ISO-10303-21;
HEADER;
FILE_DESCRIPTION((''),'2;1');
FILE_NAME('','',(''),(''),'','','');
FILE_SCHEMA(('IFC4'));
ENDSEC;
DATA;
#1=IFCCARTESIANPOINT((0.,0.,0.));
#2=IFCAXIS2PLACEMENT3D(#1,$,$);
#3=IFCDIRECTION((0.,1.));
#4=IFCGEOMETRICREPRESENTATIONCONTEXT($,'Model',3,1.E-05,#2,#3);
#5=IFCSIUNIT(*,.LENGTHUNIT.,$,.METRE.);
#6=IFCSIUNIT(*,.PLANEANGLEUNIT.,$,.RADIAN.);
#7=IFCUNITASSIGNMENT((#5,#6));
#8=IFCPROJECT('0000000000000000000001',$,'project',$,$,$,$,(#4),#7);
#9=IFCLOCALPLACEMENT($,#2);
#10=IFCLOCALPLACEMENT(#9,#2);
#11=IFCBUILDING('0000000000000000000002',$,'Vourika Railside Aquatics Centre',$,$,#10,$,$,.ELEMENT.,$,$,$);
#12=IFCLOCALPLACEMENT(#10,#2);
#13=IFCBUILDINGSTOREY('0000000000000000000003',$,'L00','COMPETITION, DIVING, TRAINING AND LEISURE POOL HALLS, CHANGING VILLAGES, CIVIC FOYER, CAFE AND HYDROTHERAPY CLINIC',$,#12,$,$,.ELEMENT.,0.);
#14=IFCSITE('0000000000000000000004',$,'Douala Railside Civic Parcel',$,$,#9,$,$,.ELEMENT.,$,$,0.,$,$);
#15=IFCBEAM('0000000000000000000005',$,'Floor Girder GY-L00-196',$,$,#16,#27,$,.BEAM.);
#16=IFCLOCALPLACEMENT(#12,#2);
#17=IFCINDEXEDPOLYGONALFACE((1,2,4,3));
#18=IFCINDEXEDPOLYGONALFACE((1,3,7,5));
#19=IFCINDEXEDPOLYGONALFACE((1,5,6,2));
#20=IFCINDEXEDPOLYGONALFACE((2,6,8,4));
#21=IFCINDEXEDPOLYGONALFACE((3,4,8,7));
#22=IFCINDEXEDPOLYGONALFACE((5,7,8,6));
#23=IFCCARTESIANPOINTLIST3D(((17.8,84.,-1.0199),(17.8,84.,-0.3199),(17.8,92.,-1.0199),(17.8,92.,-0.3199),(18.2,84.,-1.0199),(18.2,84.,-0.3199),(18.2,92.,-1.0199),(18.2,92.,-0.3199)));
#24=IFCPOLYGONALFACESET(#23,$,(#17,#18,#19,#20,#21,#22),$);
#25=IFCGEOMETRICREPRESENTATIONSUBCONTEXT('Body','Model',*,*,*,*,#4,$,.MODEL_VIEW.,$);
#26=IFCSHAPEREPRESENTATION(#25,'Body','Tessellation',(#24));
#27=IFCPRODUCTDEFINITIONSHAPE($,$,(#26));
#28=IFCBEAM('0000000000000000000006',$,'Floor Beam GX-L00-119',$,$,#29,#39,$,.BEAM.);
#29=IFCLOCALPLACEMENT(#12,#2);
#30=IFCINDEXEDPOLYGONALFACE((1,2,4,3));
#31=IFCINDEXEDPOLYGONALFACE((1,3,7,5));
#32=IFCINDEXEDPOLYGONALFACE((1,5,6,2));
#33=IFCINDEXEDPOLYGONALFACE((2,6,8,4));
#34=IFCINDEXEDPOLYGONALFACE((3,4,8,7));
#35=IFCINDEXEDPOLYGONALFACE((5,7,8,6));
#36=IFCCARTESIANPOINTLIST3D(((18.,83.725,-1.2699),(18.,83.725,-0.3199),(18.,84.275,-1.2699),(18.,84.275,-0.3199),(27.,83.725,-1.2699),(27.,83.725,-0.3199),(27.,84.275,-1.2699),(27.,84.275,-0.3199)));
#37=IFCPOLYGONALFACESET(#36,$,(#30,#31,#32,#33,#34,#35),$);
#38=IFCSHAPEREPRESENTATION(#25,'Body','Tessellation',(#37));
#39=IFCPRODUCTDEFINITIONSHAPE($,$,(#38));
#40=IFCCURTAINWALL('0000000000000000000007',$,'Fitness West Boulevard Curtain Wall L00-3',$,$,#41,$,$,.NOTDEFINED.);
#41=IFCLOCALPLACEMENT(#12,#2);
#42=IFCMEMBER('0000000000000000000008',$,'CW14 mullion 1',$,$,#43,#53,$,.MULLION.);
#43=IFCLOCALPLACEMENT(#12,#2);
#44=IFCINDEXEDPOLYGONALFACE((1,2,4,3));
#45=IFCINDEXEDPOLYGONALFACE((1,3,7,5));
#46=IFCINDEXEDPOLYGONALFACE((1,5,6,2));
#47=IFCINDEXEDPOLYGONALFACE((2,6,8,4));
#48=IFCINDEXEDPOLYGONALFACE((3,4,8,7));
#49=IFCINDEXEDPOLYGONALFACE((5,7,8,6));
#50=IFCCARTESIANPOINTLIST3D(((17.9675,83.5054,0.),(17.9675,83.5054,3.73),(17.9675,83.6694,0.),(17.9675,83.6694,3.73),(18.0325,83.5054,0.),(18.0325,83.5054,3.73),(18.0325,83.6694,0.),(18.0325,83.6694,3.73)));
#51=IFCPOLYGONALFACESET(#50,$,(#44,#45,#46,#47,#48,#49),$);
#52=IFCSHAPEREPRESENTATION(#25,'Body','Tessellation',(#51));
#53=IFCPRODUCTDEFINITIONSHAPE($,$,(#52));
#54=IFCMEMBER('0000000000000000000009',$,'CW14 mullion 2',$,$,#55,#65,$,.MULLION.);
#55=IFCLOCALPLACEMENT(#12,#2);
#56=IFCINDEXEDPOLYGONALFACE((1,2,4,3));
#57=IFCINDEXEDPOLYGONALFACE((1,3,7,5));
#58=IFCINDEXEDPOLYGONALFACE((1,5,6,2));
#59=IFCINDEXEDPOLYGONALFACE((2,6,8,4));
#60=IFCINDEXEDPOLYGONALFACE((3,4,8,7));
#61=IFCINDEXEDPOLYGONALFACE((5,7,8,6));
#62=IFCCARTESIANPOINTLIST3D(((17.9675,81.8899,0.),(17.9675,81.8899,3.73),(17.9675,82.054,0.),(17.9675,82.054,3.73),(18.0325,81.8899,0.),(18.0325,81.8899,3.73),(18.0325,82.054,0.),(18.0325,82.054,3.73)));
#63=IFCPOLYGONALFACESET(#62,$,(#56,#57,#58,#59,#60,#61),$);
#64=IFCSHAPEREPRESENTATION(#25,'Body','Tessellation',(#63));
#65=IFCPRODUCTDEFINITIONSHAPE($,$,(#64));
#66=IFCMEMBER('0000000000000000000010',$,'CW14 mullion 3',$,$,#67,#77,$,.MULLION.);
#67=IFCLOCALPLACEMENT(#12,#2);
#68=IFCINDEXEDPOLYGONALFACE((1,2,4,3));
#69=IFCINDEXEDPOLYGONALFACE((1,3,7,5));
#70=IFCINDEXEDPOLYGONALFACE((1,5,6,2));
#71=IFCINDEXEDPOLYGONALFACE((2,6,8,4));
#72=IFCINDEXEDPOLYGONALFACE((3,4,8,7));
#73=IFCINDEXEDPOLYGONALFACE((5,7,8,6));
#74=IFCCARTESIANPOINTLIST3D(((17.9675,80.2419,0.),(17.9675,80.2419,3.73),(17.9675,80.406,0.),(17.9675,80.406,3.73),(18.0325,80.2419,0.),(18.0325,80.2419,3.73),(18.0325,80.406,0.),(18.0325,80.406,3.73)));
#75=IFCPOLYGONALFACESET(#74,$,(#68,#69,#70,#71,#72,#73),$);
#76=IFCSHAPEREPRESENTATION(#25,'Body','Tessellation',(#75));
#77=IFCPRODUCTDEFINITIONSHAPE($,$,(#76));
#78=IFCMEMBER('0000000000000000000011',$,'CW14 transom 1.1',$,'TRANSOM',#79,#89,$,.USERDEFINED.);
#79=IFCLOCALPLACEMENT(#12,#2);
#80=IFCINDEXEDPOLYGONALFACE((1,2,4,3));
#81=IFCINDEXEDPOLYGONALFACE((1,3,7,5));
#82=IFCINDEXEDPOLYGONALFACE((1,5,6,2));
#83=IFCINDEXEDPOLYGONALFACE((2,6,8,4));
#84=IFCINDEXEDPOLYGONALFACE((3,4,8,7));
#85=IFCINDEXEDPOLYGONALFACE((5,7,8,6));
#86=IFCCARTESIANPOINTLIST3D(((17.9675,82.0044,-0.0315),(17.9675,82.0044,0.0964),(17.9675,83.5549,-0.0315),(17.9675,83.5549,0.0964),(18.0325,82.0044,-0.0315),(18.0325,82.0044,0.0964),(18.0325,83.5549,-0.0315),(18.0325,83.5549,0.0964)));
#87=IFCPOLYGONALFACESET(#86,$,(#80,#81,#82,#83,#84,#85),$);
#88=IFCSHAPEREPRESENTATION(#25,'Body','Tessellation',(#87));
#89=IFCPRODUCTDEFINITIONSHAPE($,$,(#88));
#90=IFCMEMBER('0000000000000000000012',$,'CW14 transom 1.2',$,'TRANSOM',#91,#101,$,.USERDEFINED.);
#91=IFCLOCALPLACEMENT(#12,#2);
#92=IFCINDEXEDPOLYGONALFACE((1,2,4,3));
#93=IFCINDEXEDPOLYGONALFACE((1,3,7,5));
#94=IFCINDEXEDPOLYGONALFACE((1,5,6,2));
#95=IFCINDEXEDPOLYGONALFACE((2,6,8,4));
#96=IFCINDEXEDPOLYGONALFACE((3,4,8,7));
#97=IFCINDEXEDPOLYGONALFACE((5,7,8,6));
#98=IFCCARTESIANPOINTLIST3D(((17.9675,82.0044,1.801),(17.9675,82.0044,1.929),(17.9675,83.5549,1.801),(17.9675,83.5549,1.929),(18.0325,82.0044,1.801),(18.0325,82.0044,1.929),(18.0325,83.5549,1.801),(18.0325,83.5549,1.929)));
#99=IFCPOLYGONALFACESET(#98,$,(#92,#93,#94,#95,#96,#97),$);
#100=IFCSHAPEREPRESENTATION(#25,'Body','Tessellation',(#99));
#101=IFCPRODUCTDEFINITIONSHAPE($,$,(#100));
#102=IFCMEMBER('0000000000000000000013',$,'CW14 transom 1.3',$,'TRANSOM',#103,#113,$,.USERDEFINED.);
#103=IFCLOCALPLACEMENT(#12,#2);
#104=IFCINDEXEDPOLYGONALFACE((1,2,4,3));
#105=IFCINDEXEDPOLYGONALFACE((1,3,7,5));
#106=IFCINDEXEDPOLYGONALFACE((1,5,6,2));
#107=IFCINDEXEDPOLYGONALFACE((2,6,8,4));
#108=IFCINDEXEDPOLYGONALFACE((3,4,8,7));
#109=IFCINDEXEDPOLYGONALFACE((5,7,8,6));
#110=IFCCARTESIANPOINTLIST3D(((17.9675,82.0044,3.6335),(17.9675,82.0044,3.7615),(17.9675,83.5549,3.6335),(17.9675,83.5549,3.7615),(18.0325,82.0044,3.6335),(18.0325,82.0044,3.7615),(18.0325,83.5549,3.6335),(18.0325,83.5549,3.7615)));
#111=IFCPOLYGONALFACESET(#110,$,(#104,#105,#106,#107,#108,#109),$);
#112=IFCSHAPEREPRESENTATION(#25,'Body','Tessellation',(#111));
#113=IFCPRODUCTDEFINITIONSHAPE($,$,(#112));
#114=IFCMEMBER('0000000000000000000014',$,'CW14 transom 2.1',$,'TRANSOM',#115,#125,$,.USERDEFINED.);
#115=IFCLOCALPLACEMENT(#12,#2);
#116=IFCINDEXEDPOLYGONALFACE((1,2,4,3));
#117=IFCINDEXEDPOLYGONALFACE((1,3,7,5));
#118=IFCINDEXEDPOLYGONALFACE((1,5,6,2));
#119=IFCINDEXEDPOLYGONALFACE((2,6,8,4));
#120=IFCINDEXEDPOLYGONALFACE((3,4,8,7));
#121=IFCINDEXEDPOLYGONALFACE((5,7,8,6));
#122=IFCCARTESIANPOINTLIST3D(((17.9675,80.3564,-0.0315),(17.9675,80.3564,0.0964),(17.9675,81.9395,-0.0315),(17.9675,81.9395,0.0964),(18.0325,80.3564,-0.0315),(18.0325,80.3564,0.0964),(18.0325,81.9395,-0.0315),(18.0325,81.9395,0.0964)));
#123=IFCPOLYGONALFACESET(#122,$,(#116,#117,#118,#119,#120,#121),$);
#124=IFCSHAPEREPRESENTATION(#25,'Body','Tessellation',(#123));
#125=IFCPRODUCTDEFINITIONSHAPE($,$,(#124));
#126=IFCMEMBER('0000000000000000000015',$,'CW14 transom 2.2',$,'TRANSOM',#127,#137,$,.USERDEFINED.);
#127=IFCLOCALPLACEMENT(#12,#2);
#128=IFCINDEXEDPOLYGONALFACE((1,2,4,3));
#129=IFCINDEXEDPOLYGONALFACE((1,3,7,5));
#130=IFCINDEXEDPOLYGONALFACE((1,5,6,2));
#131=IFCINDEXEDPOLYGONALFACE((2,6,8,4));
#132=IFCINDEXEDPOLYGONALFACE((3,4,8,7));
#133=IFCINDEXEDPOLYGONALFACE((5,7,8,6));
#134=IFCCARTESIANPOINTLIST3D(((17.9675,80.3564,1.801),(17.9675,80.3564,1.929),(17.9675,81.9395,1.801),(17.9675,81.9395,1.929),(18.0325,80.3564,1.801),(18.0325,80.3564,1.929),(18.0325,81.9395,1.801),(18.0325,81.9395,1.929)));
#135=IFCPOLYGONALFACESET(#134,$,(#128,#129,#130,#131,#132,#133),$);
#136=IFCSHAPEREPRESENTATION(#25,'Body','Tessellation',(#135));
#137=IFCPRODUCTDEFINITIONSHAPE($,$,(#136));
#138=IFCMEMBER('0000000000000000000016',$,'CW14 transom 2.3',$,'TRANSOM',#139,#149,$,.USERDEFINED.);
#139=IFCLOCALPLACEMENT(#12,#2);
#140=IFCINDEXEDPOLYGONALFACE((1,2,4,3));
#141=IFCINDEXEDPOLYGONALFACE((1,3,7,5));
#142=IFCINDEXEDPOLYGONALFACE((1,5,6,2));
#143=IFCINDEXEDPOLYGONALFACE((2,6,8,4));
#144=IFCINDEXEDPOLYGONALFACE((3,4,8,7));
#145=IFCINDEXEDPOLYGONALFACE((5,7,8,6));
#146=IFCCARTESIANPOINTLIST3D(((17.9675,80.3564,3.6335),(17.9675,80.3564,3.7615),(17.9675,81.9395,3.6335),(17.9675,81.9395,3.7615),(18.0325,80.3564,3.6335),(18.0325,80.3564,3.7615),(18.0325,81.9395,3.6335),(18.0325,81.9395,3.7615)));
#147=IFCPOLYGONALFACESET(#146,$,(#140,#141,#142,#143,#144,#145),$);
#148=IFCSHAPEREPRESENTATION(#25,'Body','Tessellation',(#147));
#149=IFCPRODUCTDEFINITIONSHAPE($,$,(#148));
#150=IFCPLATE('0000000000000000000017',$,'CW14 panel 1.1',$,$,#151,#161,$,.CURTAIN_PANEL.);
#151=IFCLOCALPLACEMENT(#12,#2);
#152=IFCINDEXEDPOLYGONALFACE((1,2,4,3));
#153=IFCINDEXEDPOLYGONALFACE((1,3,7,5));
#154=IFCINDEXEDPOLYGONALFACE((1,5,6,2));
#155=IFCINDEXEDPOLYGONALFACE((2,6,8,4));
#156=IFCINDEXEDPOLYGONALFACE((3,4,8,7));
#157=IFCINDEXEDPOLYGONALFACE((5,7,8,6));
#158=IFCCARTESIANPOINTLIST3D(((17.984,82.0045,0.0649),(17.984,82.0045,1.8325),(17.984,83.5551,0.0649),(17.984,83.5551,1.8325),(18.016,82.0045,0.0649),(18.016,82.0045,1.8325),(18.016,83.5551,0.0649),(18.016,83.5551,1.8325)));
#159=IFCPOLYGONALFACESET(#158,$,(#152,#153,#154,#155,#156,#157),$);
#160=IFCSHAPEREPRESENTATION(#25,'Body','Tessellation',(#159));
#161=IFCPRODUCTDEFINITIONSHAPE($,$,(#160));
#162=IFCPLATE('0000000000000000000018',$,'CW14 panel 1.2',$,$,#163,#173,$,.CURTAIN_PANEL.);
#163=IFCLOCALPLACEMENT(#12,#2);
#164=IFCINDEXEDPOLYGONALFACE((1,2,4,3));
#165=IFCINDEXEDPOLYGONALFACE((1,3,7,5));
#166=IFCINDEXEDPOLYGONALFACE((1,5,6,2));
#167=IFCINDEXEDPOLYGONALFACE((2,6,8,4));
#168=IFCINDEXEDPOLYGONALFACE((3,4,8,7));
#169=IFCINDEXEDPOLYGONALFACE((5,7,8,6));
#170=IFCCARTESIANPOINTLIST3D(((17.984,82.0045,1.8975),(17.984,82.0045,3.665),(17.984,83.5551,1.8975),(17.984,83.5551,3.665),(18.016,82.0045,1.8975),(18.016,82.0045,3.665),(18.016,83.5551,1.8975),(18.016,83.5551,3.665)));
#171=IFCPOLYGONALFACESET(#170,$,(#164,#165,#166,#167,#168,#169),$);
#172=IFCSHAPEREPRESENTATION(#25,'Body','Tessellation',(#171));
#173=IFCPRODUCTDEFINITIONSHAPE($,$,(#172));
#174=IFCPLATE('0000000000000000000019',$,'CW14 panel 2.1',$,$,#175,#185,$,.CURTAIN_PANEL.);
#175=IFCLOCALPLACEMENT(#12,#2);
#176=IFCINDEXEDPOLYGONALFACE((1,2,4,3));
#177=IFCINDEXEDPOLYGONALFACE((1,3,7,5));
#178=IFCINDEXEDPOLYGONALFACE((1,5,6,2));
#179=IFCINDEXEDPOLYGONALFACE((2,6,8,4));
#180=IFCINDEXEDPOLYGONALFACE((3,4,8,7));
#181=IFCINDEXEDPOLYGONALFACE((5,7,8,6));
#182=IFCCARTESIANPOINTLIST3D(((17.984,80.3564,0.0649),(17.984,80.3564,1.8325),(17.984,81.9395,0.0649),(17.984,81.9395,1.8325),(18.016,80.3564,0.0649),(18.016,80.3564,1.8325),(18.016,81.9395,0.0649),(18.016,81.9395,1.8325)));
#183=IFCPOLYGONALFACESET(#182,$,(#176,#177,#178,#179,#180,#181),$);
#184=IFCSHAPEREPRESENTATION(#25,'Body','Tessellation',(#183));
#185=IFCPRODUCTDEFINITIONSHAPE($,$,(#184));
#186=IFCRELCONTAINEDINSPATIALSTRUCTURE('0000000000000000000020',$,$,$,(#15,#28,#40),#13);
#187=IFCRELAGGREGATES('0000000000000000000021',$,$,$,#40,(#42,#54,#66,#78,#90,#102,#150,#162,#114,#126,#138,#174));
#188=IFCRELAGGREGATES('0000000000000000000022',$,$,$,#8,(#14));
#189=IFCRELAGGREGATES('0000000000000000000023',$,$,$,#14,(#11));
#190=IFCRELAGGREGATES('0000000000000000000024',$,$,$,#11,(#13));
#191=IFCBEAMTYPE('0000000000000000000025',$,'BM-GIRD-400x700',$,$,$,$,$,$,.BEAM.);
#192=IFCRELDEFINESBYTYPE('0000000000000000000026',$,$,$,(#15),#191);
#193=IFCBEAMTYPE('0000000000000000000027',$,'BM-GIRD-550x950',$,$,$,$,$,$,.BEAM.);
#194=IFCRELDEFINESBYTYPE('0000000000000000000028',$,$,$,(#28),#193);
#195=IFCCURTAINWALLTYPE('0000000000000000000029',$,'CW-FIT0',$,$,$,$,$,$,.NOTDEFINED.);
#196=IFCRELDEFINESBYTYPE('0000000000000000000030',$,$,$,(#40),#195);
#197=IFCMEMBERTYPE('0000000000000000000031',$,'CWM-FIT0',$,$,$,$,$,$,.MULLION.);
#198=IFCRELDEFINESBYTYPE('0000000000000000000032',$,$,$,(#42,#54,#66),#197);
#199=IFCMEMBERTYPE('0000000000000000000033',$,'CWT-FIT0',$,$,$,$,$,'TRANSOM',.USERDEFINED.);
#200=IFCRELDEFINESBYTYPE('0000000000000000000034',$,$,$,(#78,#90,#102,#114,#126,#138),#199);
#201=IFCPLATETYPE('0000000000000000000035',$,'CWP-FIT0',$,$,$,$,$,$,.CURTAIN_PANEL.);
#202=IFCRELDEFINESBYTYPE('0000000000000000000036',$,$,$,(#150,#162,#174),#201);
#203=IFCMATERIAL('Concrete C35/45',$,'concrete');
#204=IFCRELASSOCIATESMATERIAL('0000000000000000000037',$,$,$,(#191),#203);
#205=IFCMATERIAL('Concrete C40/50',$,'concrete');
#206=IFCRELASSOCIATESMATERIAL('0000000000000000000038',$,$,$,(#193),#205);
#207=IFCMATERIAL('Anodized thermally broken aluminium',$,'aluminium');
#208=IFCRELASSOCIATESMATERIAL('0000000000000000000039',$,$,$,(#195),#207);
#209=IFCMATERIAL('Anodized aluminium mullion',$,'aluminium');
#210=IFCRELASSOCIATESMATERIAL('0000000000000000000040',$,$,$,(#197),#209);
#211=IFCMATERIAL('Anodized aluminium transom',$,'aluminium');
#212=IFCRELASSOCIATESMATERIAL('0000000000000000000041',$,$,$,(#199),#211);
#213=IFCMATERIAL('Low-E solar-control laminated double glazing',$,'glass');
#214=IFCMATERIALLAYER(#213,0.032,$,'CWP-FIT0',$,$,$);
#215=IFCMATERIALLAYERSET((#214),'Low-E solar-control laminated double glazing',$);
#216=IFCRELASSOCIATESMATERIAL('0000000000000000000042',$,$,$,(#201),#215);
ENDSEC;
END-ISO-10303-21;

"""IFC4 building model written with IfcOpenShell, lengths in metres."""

from ifc_helpers import new_model, si_unit, direction, frame, origin, origin_2d, place, context, subcontext, project, spatial, rectangle, extrude, material, layer, layer_set, material_profile, profile_set, type_object, element, aggregate, save


model = new_model("IFC4")

# Units and contexts
model_context = context("Model", 3, precision=1e-05, world=origin(), true_north=direction((0.0, 1.0)))
body_context = subcontext(model_context, "Body", "Model", "MODEL_VIEW")
ifc_project = project(units=[si_unit("LENGTHUNIT", "METRE"), si_unit("PLANEANGLEUNIT", "RADIAN")], contexts=[model_context])

# Site, building, storey
site_placement = place(None, origin())
site = spatial("IfcSite", under=ifc_project, at=site_placement, Name="Douala Railside Civic Parcel", CompositionType="ELEMENT", RefElevation=0.0)
building_placement = place(site_placement, origin())
building = spatial("IfcBuilding", under=site, at=building_placement, Name="Vourika Railside Aquatics Centre", CompositionType="ELEMENT")
storey_placement = place(building_placement, origin())
storey = spatial("IfcBuildingStorey", under=building, at=storey_placement, Name="L00", Description="COMPETITION, DIVING, TRAINING AND LEISURE POOL HALLS, CHANGING VILLAGES, CIVIC FOYER, CAFE AND HYDROTHERAPY CLINIC", CompositionType="ELEMENT", Elevation=0.0)

# Beams
ifc_material_1 = material(Name="Concrete C35/45", Category="concrete")
ifc_material_profile_1 = material_profile(ifc_material_1, rectangle(XDim=0.3999, YDim=0.7, at=origin_2d()), Name="RC 400x700")
ifc_profile_set_1 = profile_set([ifc_material_profile_1], Name="Concrete C35/45")
beam_type_1 = type_object("IfcBeamType", Name="BM-GIRD-400x700", PredefinedType="BEAM", material=ifc_profile_set_1)
beam_1_placement = place(storey_placement, frame((18.0, 84.0, -0.6699), z_axis=(0.0, 1.0, 0.0), x_axis=(-1.0, 0.0, 0.0)))
element("IfcBeam", 1, at=beam_1_placement, inside=storey, type_object=beam_type_1, Name="Floor Girder GY-L00-196", PredefinedType="BEAM", context=body_context, shape_type="SweptSolid", body=[
    extrude(rectangle(XDim=0.3999, YDim=0.7, at=origin_2d()), origin(), (0.0, 0.0, 1.0), 8.0),
])
ifc_material_2 = material(Name="Concrete C40/50", Category="concrete")
ifc_material_profile_2 = material_profile(ifc_material_2, rectangle(XDim=0.55, YDim=0.95, at=origin_2d()), Name="RC 550x950")
ifc_profile_set_2 = profile_set([ifc_material_profile_2], Name="Concrete C40/50")
beam_type_2 = type_object("IfcBeamType", Name="BM-GIRD-550x950", PredefinedType="BEAM", material=ifc_profile_set_2)
beam_2_placement = place(storey_placement, frame((18.0, 84.0, -0.7949), z_axis=(1.0, 0.0, 0.0), x_axis=(0.0, 1.0, 0.0)))
element("IfcBeam", 2, at=beam_2_placement, inside=storey, type_object=beam_type_2, Name="Floor Beam GX-L00-119", PredefinedType="BEAM", context=body_context, shape_type="SweptSolid", body=[
    extrude(rectangle(XDim=0.55, YDim=0.95, at=origin_2d()), origin(), (0.0, 0.0, 1.0), 9.0),
])

# Curtain wall, members, plates
ifc_material_3 = material(Name="Anodized thermally broken aluminium", Category="aluminium")
curtain_wall_type = type_object("IfcCurtainWallType", Name="CW-FIT0", PredefinedType="NOTDEFINED", material=ifc_material_3)
curtain_wall_placement = place(storey_placement, origin())
curtain_wall = element("IfcCurtainWall", 3, at=curtain_wall_placement, inside=storey, type_object=curtain_wall_type, Name="Fitness West Boulevard Curtain Wall L00-3", PredefinedType="NOTDEFINED")
ifc_material_4 = material(Name="Anodized aluminium mullion", Category="aluminium")
ifc_material_profile_3 = material_profile(ifc_material_4, rectangle(XDim=0.0649, YDim=0.1641, at=origin_2d()), Name="ALU-M 65x164")
ifc_profile_set_3 = profile_set([ifc_material_profile_3], Name="Anodized aluminium mullion")
member_type_1 = type_object("IfcMemberType", Name="CWM-FIT0", PredefinedType="MULLION", material=ifc_profile_set_3)
member_1_placement = place(storey_placement, frame((18.0, 83.5874, 0.0), z_axis=(0.0, 0.0, 1.0), x_axis=(1.0, 0.0, 0.0)))
member_1 = element("IfcMember", 4, at=member_1_placement, type_object=member_type_1, Name="CW14 mullion 1", PredefinedType="MULLION", context=body_context, shape_type="SweptSolid", body=[
    extrude(rectangle(XDim=0.0649, YDim=0.1641, at=origin_2d()), origin(), (0.0, 0.0, 1.0), 3.73),
])
member_2_placement = place(storey_placement, frame((18.0, 81.9719, 0.0), z_axis=(0.0, 0.0, 1.0), x_axis=(1.0, 0.0, 0.0)))
member_2 = element("IfcMember", 5, at=member_2_placement, type_object=member_type_1, Name="CW14 mullion 2", PredefinedType="MULLION", context=body_context, shape_type="SweptSolid", body=[
    extrude(rectangle(XDim=0.0649, YDim=0.1641, at=origin_2d()), origin(), (0.0, 0.0, 1.0), 3.73),
])
member_3_placement = place(storey_placement, frame((18.0, 80.324, 0.0), z_axis=(0.0, 0.0, 1.0), x_axis=(1.0, 0.0, 0.0)))
member_3 = element("IfcMember", 6, at=member_3_placement, type_object=member_type_1, Name="CW14 mullion 3", PredefinedType="MULLION", context=body_context, shape_type="SweptSolid", body=[
    extrude(rectangle(XDim=0.0649, YDim=0.1641, at=origin_2d()), origin(), (0.0, 0.0, 1.0), 3.73),
])
ifc_material_5 = material(Name="Anodized aluminium transom", Category="aluminium")
ifc_material_profile_4 = material_profile(ifc_material_5, rectangle(XDim=0.0649, YDim=0.1279, at=origin_2d()), Name="ALU-T 65x128")
ifc_profile_set_4 = profile_set([ifc_material_profile_4], Name="Anodized aluminium transom")
member_type_2 = type_object("IfcMemberType", Name="CWT-FIT0", ElementType="TRANSOM", PredefinedType="USERDEFINED", material=ifc_profile_set_4)
member_4_placement = place(storey_placement, frame((18.0, 83.5549, 0.0325), z_axis=(0.0, -1.0, 0.0), x_axis=(1.0, 0.0, 0.0)))
member_4 = element("IfcMember", 7, at=member_4_placement, type_object=member_type_2, Name="CW14 transom 1.1", ObjectType="TRANSOM", PredefinedType="USERDEFINED", context=body_context, shape_type="SweptSolid", body=[
    extrude(rectangle(XDim=0.0649, YDim=0.1279, at=origin_2d()), origin(), (0.0, 0.0, 1.0), 1.5505),
])
member_5_placement = place(storey_placement, frame((18.0, 83.5549, 1.865), z_axis=(0.0, -1.0, 0.0), x_axis=(1.0, 0.0, 0.0)))
member_5 = element("IfcMember", 8, at=member_5_placement, type_object=member_type_2, Name="CW14 transom 1.2", ObjectType="TRANSOM", PredefinedType="USERDEFINED", context=body_context, shape_type="SweptSolid", body=[
    extrude(rectangle(XDim=0.0649, YDim=0.1279, at=origin_2d()), origin(), (0.0, 0.0, 1.0), 1.5505),
])
member_6_placement = place(storey_placement, frame((18.0, 83.5549, 3.6975), z_axis=(0.0, -1.0, 0.0), x_axis=(1.0, 0.0, 0.0)))
member_6 = element("IfcMember", 9, at=member_6_placement, type_object=member_type_2, Name="CW14 transom 1.3", ObjectType="TRANSOM", PredefinedType="USERDEFINED", context=body_context, shape_type="SweptSolid", body=[
    extrude(rectangle(XDim=0.0649, YDim=0.1279, at=origin_2d()), origin(), (0.0, 0.0, 1.0), 1.5505),
])
member_7_placement = place(storey_placement, frame((18.0, 81.9395, 0.0325), z_axis=(0.0, -1.0, 0.0), x_axis=(1.0, 0.0, 0.0)))
member_7 = element("IfcMember", 10, at=member_7_placement, type_object=member_type_2, Name="CW14 transom 2.1", ObjectType="TRANSOM", PredefinedType="USERDEFINED", context=body_context, shape_type="SweptSolid", body=[
    extrude(rectangle(XDim=0.0649, YDim=0.1279, at=origin_2d()), origin(), (0.0, 0.0, 1.0), 1.583),
])
member_8_placement = place(storey_placement, frame((18.0, 81.9395, 1.865), z_axis=(0.0, -1.0, 0.0), x_axis=(1.0, 0.0, 0.0)))
member_8 = element("IfcMember", 11, at=member_8_placement, type_object=member_type_2, Name="CW14 transom 2.2", ObjectType="TRANSOM", PredefinedType="USERDEFINED", context=body_context, shape_type="SweptSolid", body=[
    extrude(rectangle(XDim=0.0649, YDim=0.1279, at=origin_2d()), origin(), (0.0, 0.0, 1.0), 1.583),
])
member_9_placement = place(storey_placement, frame((18.0, 81.9395, 3.6975), z_axis=(0.0, -1.0, 0.0), x_axis=(1.0, 0.0, 0.0)))
member_9 = element("IfcMember", 12, at=member_9_placement, type_object=member_type_2, Name="CW14 transom 2.3", ObjectType="TRANSOM", PredefinedType="USERDEFINED", context=body_context, shape_type="SweptSolid", body=[
    extrude(rectangle(XDim=0.0649, YDim=0.1279, at=origin_2d()), origin(), (0.0, 0.0, 1.0), 1.583),
])
ifc_material_6 = material(Name="Low-E solar-control laminated double glazing", Category="glass")
ifc_layer = layer(ifc_material_6, 0.032, Name="CWP-FIT0")
ifc_layer_set = layer_set([ifc_layer], Name="Low-E solar-control laminated double glazing")
plate_type = type_object("IfcPlateType", Name="CWP-FIT0", PredefinedType="CURTAIN_PANEL", material=ifc_layer_set)
plate_1_placement = place(storey_placement, frame((18.0, 82.7798, 0.0649), z_axis=(0.0, 0.0, 1.0), x_axis=(0.0, -1.0, 0.0)))
plate_1 = element("IfcPlate", 13, at=plate_1_placement, type_object=plate_type, Name="CW14 panel 1.1", PredefinedType="CURTAIN_PANEL", context=body_context, shape_type="SweptSolid", body=[
    extrude(rectangle(XDim=1.5505, YDim=0.032, at=origin_2d()), origin(), (0.0, 0.0, 1.0), 1.7676),
])
plate_2_placement = place(storey_placement, frame((18.0, 82.7798, 1.8975), z_axis=(0.0, 0.0, 1.0), x_axis=(0.0, -1.0, 0.0)))
plate_2 = element("IfcPlate", 14, at=plate_2_placement, type_object=plate_type, Name="CW14 panel 1.2", PredefinedType="CURTAIN_PANEL", context=body_context, shape_type="SweptSolid", body=[
    extrude(rectangle(XDim=1.5505, YDim=0.032, at=origin_2d()), origin(), (0.0, 0.0, 1.0), 1.7676),
])
plate_3_placement = place(storey_placement, frame((18.0, 81.1479, 0.0649), z_axis=(0.0, 0.0, 1.0), x_axis=(0.0, -1.0, 0.0)))
plate_3 = element("IfcPlate", 15, at=plate_3_placement, type_object=plate_type, Name="CW14 panel 2.1", PredefinedType="CURTAIN_PANEL", context=body_context, shape_type="SweptSolid", body=[
    extrude(rectangle(XDim=1.583, YDim=0.032, at=origin_2d()), origin(), (0.0, 0.0, 1.0), 1.7676),
])
aggregate(curtain_wall, [member_1, member_2, member_3, member_4, member_5, member_6, plate_1, plate_2, member_7, member_8, member_9, plate_3])

save(model, "model.ifc")
